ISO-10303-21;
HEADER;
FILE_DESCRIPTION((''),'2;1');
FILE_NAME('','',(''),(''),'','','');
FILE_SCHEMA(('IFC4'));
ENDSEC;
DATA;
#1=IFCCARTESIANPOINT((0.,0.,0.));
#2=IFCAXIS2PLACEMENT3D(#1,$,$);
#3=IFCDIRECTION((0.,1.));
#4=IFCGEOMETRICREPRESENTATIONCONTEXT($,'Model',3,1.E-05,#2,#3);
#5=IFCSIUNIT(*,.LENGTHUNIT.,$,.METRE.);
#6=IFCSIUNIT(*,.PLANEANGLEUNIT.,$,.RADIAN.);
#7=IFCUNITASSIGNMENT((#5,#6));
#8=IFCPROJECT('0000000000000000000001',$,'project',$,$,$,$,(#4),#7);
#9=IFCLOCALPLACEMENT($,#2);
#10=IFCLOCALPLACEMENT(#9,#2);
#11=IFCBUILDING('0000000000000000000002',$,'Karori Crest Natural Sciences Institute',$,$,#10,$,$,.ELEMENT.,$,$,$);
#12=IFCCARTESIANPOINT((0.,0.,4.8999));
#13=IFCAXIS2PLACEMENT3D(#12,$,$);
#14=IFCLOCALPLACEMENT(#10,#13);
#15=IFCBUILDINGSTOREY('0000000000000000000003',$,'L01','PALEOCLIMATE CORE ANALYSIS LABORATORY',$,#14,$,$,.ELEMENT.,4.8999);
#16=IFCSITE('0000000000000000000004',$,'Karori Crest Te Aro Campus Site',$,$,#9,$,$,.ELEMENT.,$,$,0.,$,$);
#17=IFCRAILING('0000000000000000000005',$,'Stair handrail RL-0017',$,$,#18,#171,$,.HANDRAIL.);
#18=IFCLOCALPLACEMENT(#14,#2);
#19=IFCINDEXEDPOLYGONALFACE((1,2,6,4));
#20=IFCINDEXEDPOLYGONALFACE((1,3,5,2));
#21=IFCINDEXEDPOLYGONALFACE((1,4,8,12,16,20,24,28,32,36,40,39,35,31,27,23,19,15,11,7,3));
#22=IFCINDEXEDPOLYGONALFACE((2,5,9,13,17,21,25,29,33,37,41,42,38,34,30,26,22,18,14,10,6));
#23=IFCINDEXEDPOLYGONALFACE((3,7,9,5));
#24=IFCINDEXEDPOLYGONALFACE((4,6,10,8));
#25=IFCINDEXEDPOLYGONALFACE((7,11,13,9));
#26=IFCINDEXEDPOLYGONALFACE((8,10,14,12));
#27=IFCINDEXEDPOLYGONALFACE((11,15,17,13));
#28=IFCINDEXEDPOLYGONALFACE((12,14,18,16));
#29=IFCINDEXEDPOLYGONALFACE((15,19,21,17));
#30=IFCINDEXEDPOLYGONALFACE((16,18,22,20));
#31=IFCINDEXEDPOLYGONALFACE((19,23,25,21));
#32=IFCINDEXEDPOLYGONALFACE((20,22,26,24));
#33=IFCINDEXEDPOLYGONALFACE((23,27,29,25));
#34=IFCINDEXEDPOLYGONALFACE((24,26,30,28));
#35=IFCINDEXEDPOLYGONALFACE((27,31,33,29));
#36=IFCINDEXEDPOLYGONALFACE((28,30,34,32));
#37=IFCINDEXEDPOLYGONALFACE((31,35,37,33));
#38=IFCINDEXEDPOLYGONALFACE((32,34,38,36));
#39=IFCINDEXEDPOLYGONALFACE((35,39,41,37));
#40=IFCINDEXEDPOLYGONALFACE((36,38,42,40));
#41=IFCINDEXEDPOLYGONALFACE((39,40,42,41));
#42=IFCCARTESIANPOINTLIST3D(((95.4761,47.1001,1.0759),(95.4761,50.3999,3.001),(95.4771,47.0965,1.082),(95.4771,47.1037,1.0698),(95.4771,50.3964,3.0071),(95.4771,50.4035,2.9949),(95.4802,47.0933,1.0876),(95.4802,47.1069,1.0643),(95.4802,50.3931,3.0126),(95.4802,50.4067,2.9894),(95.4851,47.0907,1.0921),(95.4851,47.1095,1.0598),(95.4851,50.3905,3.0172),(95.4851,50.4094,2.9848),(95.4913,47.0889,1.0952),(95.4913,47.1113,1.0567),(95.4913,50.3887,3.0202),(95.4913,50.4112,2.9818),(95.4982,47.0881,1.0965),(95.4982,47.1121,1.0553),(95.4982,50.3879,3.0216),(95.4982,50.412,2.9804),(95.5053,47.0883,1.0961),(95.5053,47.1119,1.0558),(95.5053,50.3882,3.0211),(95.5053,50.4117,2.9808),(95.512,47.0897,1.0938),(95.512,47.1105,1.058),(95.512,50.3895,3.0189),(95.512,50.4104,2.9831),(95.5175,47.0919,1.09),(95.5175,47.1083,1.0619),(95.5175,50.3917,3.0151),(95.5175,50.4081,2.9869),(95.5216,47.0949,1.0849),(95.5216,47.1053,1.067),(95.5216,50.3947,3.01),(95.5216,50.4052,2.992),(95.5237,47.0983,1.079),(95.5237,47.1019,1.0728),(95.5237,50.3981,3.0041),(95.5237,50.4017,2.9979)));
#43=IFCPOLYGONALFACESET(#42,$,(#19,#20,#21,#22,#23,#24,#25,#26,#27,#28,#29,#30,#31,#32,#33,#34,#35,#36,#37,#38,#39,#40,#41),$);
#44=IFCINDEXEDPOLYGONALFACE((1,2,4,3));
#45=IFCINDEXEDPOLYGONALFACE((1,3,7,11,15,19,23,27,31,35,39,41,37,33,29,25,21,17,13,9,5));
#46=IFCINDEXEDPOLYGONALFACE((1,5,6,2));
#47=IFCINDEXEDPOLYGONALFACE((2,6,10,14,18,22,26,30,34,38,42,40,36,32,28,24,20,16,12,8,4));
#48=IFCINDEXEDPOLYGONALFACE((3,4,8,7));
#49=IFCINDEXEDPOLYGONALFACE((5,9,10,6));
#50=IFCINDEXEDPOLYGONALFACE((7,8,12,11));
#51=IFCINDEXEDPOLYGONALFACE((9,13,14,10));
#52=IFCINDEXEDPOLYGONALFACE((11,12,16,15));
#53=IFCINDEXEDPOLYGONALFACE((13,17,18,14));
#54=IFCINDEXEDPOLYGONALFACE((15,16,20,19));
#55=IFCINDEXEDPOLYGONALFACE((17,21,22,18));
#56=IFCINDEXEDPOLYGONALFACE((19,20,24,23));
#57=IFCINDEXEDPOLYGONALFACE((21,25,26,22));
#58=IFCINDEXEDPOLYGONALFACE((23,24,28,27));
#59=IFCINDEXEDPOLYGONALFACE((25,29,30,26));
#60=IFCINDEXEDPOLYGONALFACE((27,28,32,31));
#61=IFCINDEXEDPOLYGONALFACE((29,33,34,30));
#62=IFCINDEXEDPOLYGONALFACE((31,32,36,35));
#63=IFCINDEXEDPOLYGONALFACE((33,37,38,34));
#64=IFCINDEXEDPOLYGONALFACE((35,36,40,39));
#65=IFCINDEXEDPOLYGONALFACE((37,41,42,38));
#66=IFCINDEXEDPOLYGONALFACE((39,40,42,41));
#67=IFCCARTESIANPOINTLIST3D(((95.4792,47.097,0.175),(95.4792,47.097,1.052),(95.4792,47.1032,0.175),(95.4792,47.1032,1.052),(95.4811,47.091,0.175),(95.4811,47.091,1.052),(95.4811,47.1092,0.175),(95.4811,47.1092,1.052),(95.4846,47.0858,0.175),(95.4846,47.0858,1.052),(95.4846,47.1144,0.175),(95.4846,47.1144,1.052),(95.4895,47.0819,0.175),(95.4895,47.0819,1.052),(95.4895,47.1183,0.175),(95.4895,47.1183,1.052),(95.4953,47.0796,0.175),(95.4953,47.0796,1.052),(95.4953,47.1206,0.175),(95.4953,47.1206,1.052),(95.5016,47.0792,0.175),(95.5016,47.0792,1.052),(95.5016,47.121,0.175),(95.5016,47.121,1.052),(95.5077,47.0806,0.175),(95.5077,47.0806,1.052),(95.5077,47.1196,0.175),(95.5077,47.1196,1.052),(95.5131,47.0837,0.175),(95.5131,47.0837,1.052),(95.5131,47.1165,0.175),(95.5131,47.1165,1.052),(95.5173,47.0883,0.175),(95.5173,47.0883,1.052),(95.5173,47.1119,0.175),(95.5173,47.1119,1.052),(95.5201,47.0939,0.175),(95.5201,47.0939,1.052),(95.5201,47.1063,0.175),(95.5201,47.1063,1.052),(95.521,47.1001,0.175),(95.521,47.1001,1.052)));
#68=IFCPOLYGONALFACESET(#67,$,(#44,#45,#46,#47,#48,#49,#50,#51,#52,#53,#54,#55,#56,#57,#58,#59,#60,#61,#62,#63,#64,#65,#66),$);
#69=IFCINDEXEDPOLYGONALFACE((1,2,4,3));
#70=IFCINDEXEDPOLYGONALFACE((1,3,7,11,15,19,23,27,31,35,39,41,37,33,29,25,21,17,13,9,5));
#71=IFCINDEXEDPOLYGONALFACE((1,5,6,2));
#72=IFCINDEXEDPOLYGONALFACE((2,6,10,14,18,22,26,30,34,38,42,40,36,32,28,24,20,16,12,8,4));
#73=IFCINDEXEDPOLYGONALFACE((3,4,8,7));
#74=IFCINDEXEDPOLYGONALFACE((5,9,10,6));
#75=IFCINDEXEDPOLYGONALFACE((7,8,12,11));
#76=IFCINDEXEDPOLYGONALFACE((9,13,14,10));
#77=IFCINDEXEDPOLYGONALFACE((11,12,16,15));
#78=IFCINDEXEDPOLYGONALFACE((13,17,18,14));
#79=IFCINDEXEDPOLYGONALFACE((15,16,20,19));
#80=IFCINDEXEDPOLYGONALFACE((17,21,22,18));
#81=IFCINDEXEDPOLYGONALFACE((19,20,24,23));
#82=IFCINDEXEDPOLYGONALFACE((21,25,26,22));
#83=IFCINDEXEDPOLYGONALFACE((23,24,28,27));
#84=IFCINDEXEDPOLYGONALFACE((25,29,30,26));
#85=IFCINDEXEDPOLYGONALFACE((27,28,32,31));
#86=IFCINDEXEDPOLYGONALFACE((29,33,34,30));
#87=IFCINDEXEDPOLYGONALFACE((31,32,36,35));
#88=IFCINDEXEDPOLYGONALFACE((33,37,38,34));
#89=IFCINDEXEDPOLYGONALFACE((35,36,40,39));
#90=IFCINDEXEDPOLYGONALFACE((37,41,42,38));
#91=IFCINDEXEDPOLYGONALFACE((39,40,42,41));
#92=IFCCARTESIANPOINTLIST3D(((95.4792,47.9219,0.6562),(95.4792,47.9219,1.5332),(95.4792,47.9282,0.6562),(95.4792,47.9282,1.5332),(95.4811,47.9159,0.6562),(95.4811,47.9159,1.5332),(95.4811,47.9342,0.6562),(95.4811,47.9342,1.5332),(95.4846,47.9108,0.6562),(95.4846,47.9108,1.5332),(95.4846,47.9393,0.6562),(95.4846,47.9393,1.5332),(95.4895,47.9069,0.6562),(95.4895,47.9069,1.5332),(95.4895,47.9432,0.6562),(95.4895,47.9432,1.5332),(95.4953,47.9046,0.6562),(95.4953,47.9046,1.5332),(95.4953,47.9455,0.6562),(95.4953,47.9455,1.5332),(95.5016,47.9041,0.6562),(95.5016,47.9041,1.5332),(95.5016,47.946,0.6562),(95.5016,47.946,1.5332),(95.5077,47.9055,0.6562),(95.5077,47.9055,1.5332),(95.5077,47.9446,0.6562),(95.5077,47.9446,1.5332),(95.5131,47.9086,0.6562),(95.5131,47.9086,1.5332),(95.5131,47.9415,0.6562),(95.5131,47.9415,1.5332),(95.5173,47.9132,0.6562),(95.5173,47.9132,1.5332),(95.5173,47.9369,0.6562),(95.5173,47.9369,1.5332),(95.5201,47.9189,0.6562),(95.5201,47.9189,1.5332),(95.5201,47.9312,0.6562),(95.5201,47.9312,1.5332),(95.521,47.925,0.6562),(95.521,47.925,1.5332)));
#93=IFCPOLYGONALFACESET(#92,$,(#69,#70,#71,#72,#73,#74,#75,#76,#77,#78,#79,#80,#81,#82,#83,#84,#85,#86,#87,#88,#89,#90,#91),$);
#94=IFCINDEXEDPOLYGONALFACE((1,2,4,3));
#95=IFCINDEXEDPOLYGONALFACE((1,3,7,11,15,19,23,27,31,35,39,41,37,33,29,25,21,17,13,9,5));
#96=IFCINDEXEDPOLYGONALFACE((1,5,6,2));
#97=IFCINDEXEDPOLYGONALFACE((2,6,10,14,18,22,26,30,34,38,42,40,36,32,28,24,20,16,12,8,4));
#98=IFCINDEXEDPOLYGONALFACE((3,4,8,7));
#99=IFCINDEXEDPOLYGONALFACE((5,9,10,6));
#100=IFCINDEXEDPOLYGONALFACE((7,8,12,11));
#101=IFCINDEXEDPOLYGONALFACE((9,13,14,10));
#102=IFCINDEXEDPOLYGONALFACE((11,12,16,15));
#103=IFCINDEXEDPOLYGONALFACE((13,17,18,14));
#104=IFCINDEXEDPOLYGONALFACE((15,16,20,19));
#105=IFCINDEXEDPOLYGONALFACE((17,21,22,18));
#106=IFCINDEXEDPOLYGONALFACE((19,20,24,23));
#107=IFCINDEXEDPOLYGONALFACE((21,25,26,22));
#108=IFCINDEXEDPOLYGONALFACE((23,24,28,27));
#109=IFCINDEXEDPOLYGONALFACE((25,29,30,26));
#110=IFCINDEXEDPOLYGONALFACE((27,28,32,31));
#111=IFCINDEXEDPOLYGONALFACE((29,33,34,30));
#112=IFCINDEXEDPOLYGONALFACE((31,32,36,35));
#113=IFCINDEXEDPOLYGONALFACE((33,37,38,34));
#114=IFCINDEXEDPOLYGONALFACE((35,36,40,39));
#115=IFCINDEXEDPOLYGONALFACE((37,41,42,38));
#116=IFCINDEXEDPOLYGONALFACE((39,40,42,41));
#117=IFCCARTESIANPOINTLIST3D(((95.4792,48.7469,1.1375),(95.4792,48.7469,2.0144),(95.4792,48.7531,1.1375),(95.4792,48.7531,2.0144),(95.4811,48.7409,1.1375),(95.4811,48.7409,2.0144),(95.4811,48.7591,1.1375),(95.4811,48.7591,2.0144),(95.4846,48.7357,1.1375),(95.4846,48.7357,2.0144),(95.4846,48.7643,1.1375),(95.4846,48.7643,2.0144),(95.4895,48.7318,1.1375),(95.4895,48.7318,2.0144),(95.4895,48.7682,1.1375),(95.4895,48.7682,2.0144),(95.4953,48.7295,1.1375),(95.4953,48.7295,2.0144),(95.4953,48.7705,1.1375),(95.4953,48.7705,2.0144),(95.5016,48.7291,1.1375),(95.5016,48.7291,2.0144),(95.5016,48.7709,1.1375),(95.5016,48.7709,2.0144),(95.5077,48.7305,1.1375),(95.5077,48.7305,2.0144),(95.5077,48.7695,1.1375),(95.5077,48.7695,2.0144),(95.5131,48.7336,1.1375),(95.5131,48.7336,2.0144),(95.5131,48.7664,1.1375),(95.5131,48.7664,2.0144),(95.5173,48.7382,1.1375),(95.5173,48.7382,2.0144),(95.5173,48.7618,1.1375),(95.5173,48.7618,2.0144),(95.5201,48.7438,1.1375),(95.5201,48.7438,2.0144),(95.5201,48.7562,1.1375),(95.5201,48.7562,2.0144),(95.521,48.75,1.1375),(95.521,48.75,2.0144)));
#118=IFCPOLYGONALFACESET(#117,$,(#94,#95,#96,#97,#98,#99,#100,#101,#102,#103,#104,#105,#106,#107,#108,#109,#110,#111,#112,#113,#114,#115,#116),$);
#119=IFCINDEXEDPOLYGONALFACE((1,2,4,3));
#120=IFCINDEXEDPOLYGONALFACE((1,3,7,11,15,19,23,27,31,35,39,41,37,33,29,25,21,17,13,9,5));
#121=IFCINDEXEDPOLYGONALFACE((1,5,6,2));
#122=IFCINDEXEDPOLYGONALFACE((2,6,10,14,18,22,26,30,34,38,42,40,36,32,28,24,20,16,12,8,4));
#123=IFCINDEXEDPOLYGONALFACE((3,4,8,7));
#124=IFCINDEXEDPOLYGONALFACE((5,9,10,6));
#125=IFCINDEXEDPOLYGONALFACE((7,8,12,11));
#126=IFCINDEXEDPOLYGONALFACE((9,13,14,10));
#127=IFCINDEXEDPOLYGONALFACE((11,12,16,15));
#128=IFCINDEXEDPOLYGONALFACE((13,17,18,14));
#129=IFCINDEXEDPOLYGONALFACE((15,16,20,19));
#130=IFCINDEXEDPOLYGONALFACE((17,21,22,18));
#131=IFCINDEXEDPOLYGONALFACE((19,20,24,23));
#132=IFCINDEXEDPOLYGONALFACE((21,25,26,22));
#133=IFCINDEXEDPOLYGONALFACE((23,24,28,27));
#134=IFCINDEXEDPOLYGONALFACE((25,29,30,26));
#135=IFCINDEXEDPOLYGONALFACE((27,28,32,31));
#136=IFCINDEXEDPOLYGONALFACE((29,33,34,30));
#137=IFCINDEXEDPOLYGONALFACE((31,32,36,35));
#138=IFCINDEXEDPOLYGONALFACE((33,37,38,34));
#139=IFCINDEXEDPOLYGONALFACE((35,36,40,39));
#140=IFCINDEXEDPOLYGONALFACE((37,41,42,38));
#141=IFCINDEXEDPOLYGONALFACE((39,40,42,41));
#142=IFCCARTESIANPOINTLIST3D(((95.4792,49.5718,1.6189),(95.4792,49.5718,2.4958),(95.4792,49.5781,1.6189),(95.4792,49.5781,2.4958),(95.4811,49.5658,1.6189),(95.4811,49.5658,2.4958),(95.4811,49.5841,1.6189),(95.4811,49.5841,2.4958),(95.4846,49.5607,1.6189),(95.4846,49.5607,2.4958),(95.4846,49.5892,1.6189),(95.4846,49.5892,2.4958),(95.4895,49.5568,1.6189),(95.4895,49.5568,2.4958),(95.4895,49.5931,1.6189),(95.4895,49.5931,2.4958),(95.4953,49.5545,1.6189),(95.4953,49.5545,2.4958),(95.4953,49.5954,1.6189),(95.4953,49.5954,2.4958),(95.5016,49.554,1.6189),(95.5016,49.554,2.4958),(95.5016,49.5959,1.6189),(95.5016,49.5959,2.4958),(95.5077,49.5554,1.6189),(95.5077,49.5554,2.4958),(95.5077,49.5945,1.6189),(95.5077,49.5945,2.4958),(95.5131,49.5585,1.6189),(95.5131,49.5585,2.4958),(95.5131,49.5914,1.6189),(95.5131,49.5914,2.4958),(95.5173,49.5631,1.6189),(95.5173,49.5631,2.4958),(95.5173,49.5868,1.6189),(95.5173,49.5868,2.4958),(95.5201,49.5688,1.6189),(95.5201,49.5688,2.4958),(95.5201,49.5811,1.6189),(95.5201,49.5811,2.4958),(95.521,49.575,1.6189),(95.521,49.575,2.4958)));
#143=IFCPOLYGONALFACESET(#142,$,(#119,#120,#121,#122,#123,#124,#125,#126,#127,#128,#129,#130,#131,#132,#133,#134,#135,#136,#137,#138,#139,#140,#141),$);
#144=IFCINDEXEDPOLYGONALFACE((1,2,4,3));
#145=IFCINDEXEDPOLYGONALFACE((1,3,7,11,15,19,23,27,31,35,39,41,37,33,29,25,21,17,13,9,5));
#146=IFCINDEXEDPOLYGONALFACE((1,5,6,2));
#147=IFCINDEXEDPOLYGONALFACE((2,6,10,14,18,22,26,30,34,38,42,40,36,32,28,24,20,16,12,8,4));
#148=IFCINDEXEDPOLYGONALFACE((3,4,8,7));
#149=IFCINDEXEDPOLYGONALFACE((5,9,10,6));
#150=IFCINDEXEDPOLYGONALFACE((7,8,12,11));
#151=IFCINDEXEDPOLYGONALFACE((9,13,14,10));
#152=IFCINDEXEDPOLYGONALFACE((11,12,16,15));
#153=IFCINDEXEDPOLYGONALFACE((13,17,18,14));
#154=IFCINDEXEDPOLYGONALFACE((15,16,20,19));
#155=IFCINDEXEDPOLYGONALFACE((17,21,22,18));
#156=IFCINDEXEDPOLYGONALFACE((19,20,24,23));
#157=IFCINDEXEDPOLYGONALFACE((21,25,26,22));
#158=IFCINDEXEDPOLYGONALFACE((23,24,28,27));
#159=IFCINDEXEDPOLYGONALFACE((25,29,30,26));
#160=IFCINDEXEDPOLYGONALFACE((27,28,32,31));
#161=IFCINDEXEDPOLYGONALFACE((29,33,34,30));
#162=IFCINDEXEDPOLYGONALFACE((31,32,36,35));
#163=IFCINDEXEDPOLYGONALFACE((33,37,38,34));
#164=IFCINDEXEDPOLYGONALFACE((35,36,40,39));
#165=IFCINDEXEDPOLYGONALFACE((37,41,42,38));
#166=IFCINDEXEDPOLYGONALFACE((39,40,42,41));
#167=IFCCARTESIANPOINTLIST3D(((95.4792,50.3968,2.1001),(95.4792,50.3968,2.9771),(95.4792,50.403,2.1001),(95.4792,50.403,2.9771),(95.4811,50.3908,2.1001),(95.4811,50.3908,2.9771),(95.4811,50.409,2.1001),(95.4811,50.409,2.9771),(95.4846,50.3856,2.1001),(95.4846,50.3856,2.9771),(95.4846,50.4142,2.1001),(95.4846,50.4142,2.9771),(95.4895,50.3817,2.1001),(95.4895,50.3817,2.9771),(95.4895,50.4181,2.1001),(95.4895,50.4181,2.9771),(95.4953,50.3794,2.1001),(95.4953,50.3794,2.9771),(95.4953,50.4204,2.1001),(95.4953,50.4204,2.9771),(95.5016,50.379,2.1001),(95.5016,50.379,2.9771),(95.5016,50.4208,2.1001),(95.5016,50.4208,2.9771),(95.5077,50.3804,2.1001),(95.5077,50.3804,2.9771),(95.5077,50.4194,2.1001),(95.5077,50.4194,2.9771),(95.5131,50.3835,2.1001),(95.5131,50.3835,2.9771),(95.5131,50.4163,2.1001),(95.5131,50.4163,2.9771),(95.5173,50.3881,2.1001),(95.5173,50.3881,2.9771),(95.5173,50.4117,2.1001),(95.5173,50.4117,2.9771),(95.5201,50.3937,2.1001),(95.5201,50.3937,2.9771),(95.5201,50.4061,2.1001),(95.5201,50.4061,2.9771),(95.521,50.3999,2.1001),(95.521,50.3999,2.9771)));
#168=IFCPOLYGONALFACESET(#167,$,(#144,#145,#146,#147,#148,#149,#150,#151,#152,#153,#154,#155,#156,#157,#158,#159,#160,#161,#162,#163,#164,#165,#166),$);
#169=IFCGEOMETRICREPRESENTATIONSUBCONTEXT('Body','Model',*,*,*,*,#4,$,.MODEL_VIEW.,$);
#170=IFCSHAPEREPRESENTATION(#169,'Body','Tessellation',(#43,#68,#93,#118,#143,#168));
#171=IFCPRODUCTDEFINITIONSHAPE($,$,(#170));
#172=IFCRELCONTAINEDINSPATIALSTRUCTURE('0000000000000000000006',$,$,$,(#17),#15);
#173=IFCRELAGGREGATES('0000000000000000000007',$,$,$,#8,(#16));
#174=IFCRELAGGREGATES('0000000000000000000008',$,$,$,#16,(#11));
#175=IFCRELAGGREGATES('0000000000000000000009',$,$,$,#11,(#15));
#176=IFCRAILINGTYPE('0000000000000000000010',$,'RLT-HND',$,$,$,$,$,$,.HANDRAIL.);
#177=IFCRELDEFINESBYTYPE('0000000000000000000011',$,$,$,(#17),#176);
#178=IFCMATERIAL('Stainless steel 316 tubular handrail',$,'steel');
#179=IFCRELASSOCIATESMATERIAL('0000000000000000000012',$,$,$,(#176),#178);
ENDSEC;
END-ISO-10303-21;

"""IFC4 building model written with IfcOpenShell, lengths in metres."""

from ifc_helpers import new_model, si_unit, direction, frame, origin, origin_2d, place, context, subcontext, project, spatial, circle, extrude, material, type_object, element, save


model = new_model("IFC4")

# Units and contexts
model_context = context("Model", 3, precision=1e-05, world=origin(), true_north=direction((0.0, 1.0)))
body_context = subcontext(model_context, "Body", "Model", "MODEL_VIEW")
ifc_project = project(units=[si_unit("LENGTHUNIT", "METRE"), si_unit("PLANEANGLEUNIT", "RADIAN")], contexts=[model_context])

# Site, building, storey
site_placement = place(None, origin())
site = spatial("IfcSite", under=ifc_project, at=site_placement, Name="Karori Crest Te Aro Campus Site", CompositionType="ELEMENT", RefElevation=0.0)
building_placement = place(site_placement, origin())
building = spatial("IfcBuilding", under=site, at=building_placement, Name="Karori Crest Natural Sciences Institute", CompositionType="ELEMENT")
storey_placement = place(building_placement, frame((0.0, 0.0, 4.8999)))
storey = spatial("IfcBuildingStorey", under=building, at=storey_placement, Name="L01", Description="PALEOCLIMATE CORE ANALYSIS LABORATORY", CompositionType="ELEMENT", Elevation=4.8999)

# Railing
ifc_material_1 = material(Name="Stainless steel 316 tubular handrail", Category="steel")
railing_type_1 = type_object("IfcRailingType", Name="RLT-HND", PredefinedType="HANDRAIL", material=ifc_material_1)
railing_1_placement = place(storey_placement, frame((95.5, 47.1001, 0.175)))
element("IfcRailing", 1, at=railing_1_placement, inside=storey, type_object=railing_type_1, Name="Stair handrail RL-0017", PredefinedType="HANDRAIL", context=body_context, shape_type="SweptSolid", body=[
    extrude(circle(Radius=0.0239, at=origin_2d()), frame((0.0, 0.0, 0.9009), z_axis=(0.0, 0.86376, 0.503903), x_axis=(-1.0, 0.0, 0.0)), (0.0, 0.0, 1.0), 3.8203),
    extrude(circle(Radius=0.021, at=origin_2d()), origin(), (0.0, 0.0, 1.0), 0.877),
    extrude(circle(Radius=0.021, at=origin_2d()), frame((0.0, 0.825, 0.4812)), (0.0, 0.0, 1.0), 0.877),
    extrude(circle(Radius=0.021, at=origin_2d()), frame((0.0, 1.6499, 0.9624)), (0.0, 0.0, 1.0), 0.877),
    extrude(circle(Radius=0.021, at=origin_2d()), frame((0.0, 2.4749, 1.4438)), (0.0, 0.0, 1.0), 0.877),
    extrude(circle(Radius=0.021, at=origin_2d()), frame((0.0, 3.2998, 1.925)), (0.0, 0.0, 1.0), 0.877),
])

save(model, "model.ifc")
